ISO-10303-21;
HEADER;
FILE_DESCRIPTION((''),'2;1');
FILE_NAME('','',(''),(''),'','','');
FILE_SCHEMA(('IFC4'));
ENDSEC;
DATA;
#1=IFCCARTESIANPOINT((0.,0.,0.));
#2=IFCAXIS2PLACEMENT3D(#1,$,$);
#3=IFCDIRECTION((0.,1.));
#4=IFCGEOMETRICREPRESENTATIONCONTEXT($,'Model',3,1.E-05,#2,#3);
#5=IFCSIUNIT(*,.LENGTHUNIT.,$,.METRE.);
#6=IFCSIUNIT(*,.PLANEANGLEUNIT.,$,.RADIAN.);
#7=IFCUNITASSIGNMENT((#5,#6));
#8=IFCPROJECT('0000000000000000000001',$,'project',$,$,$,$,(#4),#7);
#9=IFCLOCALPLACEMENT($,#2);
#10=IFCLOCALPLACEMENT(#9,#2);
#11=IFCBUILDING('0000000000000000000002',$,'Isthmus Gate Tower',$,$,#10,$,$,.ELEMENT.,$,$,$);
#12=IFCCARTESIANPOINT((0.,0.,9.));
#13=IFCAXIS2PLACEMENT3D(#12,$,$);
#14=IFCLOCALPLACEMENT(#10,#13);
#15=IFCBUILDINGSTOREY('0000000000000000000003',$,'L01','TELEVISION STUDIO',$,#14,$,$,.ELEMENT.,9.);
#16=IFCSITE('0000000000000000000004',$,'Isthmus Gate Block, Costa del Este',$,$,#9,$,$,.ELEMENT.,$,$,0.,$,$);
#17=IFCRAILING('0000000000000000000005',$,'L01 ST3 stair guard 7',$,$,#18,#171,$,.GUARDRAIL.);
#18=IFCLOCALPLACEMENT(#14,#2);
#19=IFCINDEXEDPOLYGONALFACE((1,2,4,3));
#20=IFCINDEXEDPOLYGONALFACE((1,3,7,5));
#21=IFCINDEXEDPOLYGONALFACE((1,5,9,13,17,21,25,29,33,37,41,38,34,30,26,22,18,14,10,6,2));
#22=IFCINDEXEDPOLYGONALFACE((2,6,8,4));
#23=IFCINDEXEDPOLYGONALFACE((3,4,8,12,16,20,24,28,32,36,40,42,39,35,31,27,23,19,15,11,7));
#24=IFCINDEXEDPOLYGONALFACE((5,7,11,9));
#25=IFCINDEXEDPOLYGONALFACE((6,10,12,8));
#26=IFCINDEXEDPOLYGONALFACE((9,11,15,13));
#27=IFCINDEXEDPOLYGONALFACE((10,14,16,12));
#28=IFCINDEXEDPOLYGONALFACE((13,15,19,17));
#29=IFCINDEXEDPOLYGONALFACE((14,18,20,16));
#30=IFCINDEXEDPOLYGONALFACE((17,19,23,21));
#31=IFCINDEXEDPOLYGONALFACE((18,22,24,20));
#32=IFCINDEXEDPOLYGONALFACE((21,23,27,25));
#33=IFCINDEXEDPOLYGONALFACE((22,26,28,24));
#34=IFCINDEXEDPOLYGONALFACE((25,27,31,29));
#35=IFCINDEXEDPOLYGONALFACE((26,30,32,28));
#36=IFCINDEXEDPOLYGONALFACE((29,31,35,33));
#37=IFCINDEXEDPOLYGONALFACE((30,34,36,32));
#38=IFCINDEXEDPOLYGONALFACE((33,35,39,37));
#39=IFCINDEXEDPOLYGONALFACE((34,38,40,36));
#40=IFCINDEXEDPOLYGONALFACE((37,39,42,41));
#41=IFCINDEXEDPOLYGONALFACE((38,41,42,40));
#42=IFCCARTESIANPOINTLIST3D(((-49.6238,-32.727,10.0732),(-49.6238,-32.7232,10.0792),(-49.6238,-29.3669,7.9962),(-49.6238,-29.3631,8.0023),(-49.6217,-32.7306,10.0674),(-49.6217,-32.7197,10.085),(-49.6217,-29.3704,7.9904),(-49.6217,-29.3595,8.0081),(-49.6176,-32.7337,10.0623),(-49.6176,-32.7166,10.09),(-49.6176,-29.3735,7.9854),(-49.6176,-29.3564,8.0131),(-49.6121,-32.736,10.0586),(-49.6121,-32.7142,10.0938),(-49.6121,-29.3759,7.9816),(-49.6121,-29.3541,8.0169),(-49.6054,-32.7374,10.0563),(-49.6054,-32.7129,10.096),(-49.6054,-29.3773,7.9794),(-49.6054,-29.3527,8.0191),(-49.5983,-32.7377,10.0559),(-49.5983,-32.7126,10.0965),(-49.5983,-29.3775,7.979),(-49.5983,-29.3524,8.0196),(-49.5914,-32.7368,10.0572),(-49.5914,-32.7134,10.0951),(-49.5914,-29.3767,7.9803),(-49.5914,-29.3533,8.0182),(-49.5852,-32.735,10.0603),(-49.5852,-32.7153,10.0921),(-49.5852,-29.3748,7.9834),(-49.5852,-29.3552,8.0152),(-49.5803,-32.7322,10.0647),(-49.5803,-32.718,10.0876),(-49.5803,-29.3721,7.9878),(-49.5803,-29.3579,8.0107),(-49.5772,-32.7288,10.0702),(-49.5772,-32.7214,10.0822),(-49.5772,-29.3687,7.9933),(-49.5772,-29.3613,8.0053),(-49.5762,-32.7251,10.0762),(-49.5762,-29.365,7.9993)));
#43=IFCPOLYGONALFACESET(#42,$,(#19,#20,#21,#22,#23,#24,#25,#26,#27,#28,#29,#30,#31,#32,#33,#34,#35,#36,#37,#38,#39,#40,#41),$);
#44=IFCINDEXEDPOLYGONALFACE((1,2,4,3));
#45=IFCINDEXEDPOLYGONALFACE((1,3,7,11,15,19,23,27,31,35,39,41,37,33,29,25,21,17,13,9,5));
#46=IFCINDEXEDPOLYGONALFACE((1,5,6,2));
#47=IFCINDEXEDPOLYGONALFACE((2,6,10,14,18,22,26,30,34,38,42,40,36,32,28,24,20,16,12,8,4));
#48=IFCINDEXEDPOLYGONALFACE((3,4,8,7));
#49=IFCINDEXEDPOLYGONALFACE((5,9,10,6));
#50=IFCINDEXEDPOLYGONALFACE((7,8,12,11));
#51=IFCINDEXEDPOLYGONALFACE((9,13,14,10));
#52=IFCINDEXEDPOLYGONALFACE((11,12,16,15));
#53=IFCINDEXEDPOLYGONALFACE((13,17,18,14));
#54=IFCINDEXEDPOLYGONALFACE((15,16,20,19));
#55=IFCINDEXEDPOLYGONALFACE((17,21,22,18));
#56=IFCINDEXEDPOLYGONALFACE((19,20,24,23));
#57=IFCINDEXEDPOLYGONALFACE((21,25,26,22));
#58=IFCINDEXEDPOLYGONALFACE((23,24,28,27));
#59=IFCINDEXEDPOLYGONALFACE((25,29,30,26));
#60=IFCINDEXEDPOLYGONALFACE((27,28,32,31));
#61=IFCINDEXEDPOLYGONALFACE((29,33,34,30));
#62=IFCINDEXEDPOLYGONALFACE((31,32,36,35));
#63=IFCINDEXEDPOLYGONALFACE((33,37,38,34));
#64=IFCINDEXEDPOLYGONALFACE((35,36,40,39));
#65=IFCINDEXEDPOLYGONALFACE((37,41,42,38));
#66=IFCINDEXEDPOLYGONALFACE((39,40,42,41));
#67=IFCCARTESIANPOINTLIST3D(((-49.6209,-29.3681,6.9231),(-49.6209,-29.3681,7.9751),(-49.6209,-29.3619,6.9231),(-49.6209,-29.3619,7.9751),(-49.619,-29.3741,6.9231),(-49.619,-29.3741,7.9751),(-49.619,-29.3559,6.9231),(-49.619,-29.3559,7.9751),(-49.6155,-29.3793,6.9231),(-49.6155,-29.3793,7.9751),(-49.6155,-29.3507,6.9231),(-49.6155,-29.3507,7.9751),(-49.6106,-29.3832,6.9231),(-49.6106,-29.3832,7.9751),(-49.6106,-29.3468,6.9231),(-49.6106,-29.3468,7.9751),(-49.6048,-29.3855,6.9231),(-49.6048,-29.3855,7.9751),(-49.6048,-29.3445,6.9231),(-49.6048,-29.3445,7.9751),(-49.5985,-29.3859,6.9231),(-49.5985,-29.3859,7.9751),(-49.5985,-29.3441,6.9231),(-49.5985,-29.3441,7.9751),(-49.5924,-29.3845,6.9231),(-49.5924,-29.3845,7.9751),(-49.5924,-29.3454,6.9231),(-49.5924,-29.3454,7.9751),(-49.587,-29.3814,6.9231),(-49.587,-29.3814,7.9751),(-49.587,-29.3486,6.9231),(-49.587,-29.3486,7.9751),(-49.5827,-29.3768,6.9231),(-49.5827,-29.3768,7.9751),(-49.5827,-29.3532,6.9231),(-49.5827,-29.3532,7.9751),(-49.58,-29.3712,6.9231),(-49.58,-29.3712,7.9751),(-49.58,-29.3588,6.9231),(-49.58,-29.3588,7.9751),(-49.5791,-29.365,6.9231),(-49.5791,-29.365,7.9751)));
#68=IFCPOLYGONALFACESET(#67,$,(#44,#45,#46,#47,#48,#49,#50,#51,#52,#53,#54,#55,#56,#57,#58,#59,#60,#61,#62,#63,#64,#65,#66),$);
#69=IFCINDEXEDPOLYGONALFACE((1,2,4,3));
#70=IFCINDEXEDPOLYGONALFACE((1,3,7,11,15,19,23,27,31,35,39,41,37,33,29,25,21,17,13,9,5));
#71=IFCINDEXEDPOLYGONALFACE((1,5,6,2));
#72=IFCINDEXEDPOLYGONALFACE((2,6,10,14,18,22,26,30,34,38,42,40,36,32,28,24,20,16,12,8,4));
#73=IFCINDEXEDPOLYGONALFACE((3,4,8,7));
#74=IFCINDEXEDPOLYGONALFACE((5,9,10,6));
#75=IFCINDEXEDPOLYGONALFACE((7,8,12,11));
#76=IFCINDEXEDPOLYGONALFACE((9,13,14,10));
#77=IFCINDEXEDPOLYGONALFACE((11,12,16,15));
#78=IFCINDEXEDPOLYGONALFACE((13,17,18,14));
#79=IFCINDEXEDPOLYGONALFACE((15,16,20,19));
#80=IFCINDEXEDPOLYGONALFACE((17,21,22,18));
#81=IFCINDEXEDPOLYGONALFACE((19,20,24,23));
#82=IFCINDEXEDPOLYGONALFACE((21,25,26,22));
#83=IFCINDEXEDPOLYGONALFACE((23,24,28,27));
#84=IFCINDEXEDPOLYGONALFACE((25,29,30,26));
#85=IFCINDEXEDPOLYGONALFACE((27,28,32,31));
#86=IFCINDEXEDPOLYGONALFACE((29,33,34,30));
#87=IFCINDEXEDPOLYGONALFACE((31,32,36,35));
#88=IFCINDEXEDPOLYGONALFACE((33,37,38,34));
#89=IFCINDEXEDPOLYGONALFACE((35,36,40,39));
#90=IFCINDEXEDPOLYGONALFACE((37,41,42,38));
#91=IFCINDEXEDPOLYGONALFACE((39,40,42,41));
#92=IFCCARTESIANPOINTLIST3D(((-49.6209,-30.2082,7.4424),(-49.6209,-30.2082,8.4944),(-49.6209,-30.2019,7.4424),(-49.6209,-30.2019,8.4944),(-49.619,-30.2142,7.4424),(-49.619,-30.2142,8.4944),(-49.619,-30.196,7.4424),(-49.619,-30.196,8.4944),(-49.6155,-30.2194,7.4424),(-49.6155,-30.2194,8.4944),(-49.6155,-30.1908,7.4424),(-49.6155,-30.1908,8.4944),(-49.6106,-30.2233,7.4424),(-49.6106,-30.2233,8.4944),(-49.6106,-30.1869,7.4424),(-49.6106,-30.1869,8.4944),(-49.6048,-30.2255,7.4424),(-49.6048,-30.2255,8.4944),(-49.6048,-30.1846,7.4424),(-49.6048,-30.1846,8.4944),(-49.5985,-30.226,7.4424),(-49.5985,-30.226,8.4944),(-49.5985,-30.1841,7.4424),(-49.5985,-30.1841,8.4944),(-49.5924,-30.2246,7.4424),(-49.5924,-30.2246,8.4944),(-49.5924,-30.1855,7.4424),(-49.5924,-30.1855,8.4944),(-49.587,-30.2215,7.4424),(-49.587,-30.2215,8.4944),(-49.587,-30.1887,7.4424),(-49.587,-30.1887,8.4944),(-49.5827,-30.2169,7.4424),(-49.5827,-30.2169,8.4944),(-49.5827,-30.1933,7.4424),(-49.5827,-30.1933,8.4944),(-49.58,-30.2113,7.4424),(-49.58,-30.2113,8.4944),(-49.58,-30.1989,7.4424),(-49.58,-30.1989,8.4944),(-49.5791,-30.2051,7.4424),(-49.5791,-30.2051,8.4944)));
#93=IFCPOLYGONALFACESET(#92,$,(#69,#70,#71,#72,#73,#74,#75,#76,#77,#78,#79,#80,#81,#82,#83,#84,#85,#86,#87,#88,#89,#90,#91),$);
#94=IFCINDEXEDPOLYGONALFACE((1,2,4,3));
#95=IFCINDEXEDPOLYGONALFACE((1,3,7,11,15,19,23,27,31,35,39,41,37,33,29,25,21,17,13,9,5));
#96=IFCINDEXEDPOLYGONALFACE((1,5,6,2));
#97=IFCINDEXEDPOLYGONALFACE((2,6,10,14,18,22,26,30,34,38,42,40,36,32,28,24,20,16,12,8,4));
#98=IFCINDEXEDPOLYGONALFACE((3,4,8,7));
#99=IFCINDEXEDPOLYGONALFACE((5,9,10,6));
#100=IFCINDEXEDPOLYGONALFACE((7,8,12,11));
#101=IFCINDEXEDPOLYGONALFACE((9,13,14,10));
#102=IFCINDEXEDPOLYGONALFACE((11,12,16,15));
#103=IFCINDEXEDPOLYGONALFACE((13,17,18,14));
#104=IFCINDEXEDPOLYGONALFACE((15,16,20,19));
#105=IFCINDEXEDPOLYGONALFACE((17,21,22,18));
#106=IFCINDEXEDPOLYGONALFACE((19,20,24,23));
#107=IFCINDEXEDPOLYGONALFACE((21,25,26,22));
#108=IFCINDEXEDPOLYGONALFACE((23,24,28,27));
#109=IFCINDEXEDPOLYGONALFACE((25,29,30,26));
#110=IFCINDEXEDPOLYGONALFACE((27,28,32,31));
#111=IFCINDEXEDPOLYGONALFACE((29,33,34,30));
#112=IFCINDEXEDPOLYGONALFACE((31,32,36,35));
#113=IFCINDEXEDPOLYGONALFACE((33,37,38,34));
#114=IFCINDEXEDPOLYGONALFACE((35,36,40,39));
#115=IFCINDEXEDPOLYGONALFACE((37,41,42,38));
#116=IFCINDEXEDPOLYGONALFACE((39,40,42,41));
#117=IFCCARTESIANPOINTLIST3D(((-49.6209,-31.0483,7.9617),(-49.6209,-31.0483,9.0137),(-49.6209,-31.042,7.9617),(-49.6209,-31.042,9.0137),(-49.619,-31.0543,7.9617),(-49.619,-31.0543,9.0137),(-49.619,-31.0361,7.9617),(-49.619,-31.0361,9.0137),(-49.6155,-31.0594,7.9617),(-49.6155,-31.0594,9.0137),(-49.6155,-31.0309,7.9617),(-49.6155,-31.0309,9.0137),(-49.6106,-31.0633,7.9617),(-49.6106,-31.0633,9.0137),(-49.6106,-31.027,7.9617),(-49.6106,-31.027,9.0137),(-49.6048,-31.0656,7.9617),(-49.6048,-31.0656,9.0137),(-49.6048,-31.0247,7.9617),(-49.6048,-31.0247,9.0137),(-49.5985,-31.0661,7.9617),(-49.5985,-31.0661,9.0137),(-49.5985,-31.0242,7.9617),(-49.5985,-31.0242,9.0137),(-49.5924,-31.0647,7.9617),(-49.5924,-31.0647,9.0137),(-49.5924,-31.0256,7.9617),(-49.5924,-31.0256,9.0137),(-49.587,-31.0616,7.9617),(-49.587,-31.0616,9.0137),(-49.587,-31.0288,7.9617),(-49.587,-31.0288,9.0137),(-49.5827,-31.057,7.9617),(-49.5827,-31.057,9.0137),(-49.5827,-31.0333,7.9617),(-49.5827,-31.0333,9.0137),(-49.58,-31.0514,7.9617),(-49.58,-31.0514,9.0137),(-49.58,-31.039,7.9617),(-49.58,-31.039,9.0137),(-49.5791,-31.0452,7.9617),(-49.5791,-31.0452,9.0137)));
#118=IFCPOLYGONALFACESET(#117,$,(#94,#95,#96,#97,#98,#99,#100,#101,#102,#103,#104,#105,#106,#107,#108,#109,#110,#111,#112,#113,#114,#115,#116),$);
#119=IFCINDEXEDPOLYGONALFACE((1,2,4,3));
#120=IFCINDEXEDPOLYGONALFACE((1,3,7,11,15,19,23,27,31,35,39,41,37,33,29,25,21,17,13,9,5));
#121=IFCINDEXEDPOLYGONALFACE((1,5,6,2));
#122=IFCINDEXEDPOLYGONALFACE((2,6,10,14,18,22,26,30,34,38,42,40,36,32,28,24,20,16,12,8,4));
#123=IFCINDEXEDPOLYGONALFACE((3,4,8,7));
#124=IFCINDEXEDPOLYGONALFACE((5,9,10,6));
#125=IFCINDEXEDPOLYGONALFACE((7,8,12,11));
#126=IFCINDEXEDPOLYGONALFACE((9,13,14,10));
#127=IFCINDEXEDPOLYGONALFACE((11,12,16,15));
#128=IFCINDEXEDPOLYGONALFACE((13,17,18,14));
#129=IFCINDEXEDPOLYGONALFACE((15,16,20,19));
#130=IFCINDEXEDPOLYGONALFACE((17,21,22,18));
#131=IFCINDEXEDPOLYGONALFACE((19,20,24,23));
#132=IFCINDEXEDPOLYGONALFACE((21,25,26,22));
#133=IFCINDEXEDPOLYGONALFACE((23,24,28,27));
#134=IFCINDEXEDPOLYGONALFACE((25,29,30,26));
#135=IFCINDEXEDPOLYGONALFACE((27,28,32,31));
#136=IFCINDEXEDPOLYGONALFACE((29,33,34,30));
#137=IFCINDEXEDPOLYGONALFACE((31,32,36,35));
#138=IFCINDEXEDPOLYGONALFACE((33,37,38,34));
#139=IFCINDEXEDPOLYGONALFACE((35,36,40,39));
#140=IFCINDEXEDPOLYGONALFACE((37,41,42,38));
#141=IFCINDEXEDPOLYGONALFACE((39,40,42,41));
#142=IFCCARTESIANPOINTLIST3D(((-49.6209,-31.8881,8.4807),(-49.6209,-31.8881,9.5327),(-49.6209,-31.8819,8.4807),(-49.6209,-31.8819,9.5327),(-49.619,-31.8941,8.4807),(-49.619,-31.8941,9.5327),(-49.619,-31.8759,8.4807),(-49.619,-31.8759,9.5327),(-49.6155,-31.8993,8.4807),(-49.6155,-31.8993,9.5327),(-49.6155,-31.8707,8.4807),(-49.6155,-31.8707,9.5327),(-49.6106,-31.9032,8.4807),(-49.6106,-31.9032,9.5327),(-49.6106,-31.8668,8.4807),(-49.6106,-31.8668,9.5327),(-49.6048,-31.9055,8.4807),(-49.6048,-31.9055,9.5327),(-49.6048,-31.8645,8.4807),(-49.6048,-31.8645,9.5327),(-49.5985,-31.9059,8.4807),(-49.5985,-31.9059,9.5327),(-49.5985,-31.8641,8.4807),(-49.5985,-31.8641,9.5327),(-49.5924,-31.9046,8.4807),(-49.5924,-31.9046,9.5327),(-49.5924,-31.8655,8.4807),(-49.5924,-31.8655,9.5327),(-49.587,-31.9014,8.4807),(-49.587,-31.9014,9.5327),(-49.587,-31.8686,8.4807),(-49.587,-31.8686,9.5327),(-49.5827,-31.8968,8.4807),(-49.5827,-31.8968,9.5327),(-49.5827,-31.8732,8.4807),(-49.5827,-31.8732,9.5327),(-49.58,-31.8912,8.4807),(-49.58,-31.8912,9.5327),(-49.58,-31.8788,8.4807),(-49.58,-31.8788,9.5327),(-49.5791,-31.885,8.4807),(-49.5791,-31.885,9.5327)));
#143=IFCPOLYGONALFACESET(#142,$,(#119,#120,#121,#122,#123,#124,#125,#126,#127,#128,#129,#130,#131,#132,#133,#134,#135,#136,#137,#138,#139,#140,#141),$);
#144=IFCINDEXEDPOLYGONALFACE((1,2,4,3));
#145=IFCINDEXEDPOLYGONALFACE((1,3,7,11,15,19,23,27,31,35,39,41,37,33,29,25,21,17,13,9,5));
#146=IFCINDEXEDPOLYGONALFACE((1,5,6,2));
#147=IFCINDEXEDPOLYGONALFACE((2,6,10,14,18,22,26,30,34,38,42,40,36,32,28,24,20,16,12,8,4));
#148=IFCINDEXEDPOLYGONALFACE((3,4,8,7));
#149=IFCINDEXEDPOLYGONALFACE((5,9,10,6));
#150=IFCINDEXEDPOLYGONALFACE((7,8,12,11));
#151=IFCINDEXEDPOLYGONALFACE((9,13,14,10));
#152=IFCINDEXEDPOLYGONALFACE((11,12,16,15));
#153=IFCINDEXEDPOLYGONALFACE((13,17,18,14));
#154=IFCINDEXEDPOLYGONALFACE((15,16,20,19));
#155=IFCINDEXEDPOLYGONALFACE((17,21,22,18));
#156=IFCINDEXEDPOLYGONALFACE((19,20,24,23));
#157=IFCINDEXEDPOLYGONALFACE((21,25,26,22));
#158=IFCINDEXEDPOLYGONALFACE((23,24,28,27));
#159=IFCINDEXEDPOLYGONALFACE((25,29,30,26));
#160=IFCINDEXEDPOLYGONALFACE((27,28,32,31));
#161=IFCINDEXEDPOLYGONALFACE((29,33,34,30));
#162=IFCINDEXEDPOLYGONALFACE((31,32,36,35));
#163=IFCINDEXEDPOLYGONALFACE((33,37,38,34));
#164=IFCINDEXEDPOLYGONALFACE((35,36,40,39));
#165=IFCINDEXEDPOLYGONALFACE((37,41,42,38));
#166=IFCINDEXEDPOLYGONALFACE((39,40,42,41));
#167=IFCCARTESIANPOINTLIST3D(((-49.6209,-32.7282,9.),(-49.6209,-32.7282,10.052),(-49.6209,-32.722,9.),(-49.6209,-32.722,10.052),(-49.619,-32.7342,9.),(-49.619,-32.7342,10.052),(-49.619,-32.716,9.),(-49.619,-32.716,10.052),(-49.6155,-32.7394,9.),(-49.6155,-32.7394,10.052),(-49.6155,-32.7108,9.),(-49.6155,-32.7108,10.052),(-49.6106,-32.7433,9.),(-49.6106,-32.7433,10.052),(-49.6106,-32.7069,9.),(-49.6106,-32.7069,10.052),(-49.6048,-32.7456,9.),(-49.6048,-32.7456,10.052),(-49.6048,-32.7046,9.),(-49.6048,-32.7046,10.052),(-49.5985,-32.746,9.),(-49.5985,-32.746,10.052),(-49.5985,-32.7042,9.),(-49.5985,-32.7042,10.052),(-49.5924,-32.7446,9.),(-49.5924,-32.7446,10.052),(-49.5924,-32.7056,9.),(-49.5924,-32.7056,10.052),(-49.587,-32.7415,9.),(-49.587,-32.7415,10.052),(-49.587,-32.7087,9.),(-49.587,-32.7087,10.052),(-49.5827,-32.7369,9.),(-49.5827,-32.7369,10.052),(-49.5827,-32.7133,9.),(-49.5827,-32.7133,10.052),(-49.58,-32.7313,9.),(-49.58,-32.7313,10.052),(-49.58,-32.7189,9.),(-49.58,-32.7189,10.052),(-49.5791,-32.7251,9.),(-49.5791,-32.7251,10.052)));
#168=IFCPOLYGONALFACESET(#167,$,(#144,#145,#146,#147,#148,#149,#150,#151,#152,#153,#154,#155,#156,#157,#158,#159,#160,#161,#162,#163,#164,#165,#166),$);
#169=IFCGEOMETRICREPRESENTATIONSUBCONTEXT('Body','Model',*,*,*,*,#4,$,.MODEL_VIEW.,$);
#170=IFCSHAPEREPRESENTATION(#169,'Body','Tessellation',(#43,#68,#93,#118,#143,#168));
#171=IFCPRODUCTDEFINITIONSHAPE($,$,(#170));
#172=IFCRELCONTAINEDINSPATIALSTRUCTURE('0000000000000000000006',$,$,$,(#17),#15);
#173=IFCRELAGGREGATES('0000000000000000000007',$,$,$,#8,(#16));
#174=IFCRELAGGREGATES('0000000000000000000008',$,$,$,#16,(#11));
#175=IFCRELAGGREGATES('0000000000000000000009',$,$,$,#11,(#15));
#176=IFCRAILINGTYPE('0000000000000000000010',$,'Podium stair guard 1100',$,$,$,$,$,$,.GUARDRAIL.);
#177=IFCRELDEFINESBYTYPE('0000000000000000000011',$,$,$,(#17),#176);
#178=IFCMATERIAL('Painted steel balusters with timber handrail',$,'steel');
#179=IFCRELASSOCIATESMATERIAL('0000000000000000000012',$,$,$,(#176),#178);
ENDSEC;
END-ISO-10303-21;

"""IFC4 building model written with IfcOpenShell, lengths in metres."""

from ifc_helpers import new_model, si_unit, direction, frame, origin, origin_2d, place, context, subcontext, project, spatial, circle, extrude, material, type_object, element, save


model = new_model("IFC4")

# Units and contexts
model_context = context("Model", 3, precision=1e-05, world=origin(), true_north=direction((0.0, 1.0)))
body_context = subcontext(model_context, "Body", "Model", "MODEL_VIEW")
ifc_project = project(units=[si_unit("LENGTHUNIT", "METRE"), si_unit("PLANEANGLEUNIT", "RADIAN")], contexts=[model_context])

# Site, building, storey
site_placement = place(None, origin())
site = spatial("IfcSite", under=ifc_project, at=site_placement, Name="Isthmus Gate Block, Costa del Este", CompositionType="ELEMENT", RefElevation=0.0)
building_placement = place(site_placement, origin())
building = spatial("IfcBuilding", under=site, at=building_placement, Name="Isthmus Gate Tower", CompositionType="ELEMENT")
storey_placement = place(building_placement, frame((0.0, 0.0, 9.0)))
storey = spatial("IfcBuildingStorey", under=building, at=storey_placement, Name="L01", Description="TELEVISION STUDIO", CompositionType="ELEMENT", Elevation=9.0)

# Railing
ifc_material_1 = material(Name="Painted steel balusters with timber handrail", Category="steel")
railing_type_1 = type_object("IfcRailingType", Name="Podium stair guard 1100", PredefinedType="GUARDRAIL", material=ifc_material_1)
railing_1_placement = place(storey_placement, frame((-49.6001, -29.365, 6.9231)))
element("IfcRailing", 1, at=railing_1_placement, inside=storey, type_object=railing_type_1, Name="L01 ST3 stair guard 7", PredefinedType="GUARDRAIL", context=body_context, shape_type="SweptSolid", body=[
    extrude(circle(Radius=0.0239, at=origin_2d()), frame((0.0, 0.0, 1.0762), z_axis=(0.0, -0.850623, 0.525776), x_axis=(1.0, 0.0, 0.0)), (0.0, 0.0, 1.0), 3.9502),
    extrude(circle(Radius=0.021, at=origin_2d()), origin(), (0.0, 0.0, 1.0), 1.052),
    extrude(circle(Radius=0.021, at=origin_2d()), frame((0.0, -0.8401, 0.5193)), (0.0, 0.0, 1.0), 1.052),
    extrude(circle(Radius=0.021, at=origin_2d()), frame((0.0, -1.6802, 1.0386)), (0.0, 0.0, 1.0), 1.052),
    extrude(circle(Radius=0.021, at=origin_2d()), frame((0.0, -2.52, 1.5576)), (0.0, 0.0, 1.0), 1.052),
    extrude(circle(Radius=0.021, at=origin_2d()), frame((0.0, -3.3601, 2.0769)), (0.0, 0.0, 1.0), 1.052),
])

save(model, "model.ifc")
